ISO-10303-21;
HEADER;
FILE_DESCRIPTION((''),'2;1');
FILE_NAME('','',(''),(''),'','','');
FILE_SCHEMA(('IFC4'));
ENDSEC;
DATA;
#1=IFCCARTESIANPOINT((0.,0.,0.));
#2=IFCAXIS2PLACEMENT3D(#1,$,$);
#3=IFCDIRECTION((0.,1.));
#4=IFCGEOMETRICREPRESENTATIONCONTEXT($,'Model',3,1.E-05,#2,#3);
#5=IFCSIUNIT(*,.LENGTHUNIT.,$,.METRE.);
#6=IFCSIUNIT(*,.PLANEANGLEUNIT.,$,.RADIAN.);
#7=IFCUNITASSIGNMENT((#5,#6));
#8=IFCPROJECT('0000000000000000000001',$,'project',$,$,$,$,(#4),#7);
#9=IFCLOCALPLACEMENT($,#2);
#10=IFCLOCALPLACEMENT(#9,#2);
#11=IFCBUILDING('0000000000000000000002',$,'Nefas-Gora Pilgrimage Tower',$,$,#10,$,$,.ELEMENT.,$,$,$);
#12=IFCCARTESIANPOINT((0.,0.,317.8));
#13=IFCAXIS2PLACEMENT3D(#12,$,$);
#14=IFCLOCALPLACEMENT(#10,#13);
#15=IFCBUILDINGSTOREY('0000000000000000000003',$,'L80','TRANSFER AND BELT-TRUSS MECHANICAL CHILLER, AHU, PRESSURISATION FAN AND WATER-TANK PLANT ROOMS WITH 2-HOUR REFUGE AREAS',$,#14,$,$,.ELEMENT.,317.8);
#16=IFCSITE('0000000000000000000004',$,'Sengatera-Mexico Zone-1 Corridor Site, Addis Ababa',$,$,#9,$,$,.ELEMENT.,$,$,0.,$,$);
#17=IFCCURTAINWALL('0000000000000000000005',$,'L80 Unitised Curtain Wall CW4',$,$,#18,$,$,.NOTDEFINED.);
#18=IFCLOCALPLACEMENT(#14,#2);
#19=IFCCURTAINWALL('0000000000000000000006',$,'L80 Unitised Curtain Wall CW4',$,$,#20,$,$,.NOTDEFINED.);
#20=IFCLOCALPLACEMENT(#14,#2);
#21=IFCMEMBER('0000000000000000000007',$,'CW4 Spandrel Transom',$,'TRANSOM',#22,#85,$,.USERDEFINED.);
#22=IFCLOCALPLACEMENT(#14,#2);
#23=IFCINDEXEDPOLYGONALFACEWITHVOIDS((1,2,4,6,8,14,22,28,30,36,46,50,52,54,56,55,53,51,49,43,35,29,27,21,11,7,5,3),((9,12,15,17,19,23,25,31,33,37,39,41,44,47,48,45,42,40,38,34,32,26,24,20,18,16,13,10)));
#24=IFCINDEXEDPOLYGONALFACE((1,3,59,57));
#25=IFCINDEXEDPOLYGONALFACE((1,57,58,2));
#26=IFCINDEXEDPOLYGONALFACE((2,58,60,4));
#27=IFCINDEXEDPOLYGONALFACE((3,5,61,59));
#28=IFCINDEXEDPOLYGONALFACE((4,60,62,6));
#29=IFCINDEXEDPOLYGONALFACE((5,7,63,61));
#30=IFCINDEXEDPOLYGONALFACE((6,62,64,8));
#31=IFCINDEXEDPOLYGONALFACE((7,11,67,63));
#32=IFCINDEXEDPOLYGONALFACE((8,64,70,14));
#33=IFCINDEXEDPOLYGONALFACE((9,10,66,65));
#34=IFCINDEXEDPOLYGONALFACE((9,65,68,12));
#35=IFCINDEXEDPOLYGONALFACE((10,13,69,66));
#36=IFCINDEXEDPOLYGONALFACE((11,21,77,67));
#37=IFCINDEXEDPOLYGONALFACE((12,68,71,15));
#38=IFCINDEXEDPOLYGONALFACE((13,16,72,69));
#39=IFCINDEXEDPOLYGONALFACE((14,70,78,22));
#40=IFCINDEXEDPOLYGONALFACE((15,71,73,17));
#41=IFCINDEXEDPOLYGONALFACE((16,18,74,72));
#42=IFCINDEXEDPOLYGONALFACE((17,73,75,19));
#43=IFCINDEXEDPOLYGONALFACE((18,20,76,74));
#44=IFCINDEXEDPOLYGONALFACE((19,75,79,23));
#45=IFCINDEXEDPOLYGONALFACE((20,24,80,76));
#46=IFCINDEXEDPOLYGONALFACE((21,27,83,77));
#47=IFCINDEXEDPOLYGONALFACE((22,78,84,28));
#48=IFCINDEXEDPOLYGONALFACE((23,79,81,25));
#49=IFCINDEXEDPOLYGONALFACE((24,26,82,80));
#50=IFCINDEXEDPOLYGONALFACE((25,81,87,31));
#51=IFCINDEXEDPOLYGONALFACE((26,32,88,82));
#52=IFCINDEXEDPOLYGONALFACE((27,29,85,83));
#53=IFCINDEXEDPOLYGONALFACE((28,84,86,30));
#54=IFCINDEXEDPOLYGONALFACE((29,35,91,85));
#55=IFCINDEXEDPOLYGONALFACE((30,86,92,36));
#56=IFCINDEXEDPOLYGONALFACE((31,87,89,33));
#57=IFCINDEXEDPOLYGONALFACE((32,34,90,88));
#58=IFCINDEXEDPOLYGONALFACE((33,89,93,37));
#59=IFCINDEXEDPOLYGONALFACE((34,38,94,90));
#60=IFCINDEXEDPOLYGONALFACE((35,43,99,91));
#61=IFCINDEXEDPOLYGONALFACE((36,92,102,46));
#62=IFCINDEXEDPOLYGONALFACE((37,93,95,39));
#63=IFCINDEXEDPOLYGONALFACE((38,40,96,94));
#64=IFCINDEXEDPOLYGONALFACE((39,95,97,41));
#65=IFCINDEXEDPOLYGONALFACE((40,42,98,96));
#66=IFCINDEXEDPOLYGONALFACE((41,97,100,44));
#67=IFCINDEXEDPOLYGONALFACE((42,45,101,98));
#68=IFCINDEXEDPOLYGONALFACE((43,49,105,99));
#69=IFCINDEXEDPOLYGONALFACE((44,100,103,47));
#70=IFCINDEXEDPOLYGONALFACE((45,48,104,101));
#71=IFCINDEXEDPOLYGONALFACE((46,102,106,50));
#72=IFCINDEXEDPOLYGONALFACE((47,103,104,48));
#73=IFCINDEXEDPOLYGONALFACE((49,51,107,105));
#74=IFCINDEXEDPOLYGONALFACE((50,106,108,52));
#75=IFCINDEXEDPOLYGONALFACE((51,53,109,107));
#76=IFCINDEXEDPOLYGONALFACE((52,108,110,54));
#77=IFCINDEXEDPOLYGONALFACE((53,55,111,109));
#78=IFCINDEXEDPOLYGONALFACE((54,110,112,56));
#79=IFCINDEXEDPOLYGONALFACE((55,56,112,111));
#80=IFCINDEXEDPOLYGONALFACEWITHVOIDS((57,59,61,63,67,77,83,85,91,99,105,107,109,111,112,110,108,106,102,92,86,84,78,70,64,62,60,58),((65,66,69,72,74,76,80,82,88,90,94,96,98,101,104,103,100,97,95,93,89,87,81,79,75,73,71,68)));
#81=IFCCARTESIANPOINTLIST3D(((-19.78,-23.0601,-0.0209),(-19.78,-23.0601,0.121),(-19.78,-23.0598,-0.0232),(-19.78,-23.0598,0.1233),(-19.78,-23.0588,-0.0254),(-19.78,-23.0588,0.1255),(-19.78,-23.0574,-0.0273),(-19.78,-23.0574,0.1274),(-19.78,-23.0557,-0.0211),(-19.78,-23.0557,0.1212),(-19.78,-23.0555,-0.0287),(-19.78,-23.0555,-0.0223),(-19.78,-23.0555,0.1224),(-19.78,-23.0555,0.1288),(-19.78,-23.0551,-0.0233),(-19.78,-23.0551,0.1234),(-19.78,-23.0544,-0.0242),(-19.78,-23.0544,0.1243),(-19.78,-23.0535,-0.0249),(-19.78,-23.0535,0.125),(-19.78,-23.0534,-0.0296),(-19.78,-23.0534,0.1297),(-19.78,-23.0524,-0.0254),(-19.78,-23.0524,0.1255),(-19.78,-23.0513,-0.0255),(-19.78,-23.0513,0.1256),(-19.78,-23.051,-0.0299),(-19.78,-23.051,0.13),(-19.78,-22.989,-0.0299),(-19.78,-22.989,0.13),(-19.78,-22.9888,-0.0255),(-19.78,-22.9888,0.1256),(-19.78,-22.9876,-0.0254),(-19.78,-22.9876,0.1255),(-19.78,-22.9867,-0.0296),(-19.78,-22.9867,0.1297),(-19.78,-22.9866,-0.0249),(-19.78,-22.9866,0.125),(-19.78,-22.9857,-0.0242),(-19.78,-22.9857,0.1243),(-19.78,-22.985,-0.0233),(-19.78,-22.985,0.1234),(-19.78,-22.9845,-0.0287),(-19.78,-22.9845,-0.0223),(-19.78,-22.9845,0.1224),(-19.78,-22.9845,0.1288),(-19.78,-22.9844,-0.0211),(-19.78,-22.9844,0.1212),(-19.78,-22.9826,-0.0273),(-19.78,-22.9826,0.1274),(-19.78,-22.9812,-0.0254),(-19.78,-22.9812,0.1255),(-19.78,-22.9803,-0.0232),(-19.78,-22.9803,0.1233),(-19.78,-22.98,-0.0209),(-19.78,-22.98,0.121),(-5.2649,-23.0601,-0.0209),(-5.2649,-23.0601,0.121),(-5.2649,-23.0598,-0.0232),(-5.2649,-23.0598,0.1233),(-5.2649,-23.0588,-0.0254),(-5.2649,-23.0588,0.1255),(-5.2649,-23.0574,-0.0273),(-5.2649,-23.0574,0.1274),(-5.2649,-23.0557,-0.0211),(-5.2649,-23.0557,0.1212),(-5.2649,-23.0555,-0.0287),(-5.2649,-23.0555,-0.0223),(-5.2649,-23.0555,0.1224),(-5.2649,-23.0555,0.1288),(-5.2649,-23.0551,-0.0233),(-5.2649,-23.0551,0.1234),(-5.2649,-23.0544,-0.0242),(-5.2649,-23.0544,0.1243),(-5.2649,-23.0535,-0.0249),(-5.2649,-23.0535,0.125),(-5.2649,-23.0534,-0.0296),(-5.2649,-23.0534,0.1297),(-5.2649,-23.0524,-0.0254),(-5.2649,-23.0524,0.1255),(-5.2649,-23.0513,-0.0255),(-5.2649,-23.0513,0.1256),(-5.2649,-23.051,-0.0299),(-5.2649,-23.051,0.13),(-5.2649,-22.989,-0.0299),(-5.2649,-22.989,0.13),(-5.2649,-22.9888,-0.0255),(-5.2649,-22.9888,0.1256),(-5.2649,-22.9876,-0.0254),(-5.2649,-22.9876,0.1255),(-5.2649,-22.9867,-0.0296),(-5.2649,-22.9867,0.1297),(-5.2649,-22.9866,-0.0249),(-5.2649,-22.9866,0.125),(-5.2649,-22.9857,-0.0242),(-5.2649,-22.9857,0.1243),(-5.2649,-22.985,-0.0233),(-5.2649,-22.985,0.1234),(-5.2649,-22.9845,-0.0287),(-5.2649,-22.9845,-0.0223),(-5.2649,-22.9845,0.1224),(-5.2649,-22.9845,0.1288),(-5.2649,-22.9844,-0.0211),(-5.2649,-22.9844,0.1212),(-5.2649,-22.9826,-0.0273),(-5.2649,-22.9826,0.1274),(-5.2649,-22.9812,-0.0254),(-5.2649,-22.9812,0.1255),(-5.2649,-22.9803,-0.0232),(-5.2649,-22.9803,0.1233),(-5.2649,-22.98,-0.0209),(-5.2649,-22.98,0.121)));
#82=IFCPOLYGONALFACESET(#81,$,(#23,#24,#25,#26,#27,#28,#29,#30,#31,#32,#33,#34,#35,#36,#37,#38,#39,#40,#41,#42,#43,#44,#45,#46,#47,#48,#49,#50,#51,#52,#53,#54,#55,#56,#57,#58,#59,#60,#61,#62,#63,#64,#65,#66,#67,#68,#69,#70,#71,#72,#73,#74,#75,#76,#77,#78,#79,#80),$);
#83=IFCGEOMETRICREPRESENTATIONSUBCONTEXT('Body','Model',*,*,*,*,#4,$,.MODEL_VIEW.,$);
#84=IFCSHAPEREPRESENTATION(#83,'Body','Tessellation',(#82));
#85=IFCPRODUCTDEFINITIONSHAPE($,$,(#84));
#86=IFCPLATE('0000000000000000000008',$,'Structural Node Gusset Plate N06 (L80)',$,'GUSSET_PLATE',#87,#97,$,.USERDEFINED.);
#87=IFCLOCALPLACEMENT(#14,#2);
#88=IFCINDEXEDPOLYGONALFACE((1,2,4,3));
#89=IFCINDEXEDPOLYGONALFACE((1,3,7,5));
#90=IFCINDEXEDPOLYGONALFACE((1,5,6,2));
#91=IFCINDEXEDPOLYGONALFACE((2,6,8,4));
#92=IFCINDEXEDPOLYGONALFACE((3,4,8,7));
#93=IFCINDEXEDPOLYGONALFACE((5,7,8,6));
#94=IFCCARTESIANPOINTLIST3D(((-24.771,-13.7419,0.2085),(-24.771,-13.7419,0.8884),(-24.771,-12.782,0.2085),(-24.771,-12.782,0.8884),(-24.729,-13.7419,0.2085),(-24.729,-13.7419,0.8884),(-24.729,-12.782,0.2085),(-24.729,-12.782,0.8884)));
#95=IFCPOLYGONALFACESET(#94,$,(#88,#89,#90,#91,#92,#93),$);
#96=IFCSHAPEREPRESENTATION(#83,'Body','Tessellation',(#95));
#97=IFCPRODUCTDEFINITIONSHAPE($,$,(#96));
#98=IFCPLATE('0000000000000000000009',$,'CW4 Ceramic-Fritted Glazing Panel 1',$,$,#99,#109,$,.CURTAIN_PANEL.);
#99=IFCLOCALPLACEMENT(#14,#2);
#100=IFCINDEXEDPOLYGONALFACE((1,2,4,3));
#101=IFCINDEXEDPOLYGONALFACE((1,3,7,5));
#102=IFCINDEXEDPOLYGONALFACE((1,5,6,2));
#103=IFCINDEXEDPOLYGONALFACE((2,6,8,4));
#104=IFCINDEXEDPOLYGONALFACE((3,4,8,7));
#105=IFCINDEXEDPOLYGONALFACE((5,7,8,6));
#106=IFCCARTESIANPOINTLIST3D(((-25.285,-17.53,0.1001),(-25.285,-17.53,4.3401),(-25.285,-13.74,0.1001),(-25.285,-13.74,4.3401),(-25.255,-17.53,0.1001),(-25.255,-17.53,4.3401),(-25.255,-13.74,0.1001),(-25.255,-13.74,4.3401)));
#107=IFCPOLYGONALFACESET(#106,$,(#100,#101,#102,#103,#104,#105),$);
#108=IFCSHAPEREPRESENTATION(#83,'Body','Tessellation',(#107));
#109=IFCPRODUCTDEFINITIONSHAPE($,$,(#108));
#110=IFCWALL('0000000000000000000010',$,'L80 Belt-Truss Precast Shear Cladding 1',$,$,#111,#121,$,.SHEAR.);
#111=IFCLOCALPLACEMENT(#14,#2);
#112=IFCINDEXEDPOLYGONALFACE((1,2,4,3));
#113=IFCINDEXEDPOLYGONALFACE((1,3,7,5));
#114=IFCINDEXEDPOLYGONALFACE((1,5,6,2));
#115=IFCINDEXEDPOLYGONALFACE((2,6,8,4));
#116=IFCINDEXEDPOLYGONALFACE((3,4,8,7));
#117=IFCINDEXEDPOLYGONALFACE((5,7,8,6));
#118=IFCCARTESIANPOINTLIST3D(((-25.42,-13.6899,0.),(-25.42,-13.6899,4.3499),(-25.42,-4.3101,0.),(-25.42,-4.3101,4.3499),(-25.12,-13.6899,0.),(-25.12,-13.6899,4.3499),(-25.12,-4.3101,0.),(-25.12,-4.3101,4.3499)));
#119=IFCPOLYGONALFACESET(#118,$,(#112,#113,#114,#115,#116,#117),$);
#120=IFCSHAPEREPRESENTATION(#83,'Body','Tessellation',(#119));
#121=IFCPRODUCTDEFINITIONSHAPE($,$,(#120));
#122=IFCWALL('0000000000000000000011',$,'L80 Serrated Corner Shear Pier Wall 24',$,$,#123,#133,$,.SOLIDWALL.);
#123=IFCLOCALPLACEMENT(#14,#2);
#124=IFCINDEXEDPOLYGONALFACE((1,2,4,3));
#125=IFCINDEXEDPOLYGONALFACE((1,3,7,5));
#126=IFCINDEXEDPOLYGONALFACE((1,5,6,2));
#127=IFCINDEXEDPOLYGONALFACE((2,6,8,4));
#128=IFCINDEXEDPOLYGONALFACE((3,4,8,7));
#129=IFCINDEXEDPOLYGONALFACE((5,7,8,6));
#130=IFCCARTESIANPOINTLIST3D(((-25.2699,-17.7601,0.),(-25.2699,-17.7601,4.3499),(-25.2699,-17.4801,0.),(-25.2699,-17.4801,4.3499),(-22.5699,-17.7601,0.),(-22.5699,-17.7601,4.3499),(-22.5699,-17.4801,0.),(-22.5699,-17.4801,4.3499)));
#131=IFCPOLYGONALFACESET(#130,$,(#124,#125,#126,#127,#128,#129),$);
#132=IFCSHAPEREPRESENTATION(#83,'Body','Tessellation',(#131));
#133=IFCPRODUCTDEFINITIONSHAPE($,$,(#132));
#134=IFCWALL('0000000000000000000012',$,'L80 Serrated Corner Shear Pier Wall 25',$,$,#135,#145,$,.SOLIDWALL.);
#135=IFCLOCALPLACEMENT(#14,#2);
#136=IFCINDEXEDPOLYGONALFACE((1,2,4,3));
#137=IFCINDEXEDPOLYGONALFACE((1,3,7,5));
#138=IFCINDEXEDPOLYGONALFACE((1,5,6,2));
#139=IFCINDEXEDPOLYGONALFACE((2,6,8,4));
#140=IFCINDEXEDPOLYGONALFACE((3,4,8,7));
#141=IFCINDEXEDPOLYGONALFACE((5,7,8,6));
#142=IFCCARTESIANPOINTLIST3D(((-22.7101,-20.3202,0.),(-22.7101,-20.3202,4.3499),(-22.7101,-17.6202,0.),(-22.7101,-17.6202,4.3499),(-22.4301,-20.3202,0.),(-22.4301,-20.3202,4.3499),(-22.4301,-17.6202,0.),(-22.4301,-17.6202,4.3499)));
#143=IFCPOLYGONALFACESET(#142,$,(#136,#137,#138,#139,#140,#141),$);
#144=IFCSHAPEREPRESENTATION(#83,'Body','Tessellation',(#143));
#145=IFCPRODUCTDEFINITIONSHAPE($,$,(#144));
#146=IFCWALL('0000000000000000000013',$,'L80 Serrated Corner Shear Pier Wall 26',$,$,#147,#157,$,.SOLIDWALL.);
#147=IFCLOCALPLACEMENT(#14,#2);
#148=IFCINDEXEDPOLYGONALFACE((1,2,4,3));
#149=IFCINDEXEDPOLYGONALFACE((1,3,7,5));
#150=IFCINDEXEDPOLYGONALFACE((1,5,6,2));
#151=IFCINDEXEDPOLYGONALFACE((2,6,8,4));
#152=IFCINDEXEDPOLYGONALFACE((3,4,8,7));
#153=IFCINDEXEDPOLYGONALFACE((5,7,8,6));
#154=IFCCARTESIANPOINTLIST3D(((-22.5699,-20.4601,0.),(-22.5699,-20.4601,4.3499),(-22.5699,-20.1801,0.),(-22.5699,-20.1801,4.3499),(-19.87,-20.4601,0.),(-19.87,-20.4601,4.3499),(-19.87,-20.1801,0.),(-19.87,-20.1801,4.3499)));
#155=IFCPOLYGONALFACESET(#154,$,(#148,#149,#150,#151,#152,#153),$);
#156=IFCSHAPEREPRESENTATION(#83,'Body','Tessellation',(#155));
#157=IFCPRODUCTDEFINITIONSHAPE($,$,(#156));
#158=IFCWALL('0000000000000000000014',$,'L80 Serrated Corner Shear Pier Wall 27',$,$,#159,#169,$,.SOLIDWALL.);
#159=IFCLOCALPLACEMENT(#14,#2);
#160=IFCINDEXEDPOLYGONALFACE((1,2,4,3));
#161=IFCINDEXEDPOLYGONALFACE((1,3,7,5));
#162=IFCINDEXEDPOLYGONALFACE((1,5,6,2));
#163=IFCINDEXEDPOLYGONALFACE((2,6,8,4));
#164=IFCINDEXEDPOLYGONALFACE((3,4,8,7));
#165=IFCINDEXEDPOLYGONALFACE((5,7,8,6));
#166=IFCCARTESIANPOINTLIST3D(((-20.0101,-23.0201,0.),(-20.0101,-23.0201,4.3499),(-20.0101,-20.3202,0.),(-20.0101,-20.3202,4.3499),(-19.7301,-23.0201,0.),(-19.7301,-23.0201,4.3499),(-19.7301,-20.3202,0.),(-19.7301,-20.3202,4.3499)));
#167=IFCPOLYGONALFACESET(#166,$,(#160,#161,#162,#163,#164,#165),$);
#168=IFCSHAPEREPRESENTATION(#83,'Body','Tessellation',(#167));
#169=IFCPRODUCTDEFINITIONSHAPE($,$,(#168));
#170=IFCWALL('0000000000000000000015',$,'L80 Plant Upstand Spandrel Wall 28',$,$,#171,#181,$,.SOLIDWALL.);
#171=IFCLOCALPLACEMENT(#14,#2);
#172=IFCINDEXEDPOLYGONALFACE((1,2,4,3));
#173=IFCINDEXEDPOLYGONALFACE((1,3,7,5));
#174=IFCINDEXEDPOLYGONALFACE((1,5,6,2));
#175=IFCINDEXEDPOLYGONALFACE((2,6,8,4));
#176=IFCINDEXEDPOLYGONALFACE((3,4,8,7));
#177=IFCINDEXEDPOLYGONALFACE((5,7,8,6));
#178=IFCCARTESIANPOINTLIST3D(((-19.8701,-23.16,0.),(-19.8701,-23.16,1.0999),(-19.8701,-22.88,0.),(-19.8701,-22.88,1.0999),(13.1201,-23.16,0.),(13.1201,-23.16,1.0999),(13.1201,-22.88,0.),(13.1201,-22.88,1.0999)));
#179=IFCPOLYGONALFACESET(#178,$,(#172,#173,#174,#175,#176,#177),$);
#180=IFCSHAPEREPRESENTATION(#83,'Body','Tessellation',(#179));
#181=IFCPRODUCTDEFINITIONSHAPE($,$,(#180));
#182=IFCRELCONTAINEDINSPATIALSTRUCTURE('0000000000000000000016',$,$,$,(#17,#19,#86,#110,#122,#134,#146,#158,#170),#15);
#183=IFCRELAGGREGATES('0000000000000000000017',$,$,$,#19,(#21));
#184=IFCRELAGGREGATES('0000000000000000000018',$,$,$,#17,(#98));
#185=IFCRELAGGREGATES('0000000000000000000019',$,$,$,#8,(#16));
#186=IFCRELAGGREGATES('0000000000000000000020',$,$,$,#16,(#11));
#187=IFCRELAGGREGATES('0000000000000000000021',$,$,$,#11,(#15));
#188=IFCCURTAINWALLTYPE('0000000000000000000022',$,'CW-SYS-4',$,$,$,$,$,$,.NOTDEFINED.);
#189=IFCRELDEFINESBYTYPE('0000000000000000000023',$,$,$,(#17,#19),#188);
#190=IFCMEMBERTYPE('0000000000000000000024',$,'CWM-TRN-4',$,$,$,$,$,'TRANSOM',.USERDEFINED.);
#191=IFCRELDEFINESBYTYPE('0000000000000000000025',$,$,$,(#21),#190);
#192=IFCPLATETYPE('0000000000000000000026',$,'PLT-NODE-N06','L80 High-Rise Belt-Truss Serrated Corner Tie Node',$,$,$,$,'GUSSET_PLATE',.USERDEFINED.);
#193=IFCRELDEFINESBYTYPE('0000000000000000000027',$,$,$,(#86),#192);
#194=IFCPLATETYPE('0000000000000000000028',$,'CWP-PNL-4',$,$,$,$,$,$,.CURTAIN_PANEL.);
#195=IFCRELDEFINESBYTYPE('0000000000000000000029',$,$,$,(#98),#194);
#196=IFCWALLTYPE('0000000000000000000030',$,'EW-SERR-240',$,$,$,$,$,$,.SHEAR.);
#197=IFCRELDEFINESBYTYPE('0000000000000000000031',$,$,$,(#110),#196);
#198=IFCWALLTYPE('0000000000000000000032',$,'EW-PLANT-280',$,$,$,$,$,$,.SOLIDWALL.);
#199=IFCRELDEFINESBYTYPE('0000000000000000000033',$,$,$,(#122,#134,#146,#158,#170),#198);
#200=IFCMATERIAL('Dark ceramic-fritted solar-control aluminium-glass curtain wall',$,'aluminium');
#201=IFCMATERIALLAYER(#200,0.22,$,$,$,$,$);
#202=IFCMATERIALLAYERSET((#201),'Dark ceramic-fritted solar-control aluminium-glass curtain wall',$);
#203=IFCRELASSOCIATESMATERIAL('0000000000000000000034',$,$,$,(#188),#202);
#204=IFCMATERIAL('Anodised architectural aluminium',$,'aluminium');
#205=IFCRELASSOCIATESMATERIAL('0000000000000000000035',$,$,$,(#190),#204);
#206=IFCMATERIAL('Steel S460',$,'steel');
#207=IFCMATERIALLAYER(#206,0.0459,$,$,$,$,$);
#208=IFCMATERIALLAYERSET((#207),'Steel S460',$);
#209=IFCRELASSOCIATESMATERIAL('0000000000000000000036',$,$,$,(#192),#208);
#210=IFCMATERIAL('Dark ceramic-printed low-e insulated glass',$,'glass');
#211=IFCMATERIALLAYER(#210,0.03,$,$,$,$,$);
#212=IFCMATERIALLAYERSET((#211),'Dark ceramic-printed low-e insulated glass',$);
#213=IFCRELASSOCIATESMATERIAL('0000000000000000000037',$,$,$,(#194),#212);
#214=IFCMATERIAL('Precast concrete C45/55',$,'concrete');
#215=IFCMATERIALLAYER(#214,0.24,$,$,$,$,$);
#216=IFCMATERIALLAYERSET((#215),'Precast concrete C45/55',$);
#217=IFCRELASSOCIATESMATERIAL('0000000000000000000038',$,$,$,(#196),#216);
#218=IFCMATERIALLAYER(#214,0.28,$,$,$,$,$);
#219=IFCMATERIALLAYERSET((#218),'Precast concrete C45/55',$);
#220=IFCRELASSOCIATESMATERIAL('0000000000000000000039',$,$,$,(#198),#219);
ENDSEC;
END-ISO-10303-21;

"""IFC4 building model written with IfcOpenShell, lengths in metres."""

from ifc_helpers import new_model, si_unit, direction, frame, frame_2d, origin, origin_2d, place, context, subcontext, project, spatial, rectangle, hollow_rectangle, extrude, source, transform, mapped, material, layer, layer_set, material_profile, profile_set, type_object, element, aggregate, save


model = new_model("IFC4")

# Units and contexts
model_context = context("Model", 3, precision=1e-05, world=origin(), true_north=direction((0.0, 1.0)))
body_context = subcontext(model_context, "Body", "Model", "MODEL_VIEW")
ifc_project = project(units=[si_unit("LENGTHUNIT", "METRE"), si_unit("PLANEANGLEUNIT", "RADIAN")], contexts=[model_context])

# Site, building, storey
site_placement = place(None, origin())
site = spatial("IfcSite", under=ifc_project, at=site_placement, Name="Sengatera-Mexico Zone-1 Corridor Site, Addis Ababa", CompositionType="ELEMENT", RefElevation=0.0)
building_placement = place(site_placement, origin())
building = spatial("IfcBuilding", under=site, at=building_placement, Name="Nefas-Gora Pilgrimage Tower", CompositionType="ELEMENT")
storey_placement = place(building_placement, frame((0.0, 0.0, 317.8)))
storey = spatial("IfcBuildingStorey", under=building, at=storey_placement, Name="L80", Description="TRANSFER AND BELT-TRUSS MECHANICAL CHILLER, AHU, PRESSURISATION FAN AND WATER-TANK PLANT ROOMS WITH 2-HOUR REFUGE AREAS", CompositionType="ELEMENT", Elevation=317.8)

# Shared definitions
ifc_material_1 = material(Name="Steel S460", Category="steel")

# Curtain wall
ifc_material_2 = material(Name="Dark ceramic-fritted solar-control aluminium-glass curtain wall", Category="aluminium")
ifc_layer_1 = layer(ifc_material_2, 0.22)
ifc_layer_set_1 = layer_set([ifc_layer_1], Name="Dark ceramic-fritted solar-control aluminium-glass curtain wall")
curtain_wall_type = type_object("IfcCurtainWallType", Name="CW-SYS-4", PredefinedType="NOTDEFINED", material=ifc_layer_set_1)
curtain_wall_1_placement = place(storey_placement, origin())
curtain_wall_1 = element("IfcCurtainWall", 1, at=curtain_wall_1_placement, inside=storey, type_object=curtain_wall_type, Name="L80 Unitised Curtain Wall CW4", PredefinedType="NOTDEFINED")
ifc_material_3 = material(Name="Anodised architectural aluminium", Category="aluminium")

# Curtain wall
curtain_wall_2_placement = place(storey_placement, origin())
curtain_wall_2 = element("IfcCurtainWall", 2, at=curtain_wall_2_placement, inside=storey, type_object=curtain_wall_type, Name="L80 Unitised Curtain Wall CW4", PredefinedType="NOTDEFINED")

# Member
ifc_material_profile_1 = material_profile(ifc_material_3, hollow_rectangle(XDim=0.0801, YDim=0.1599, WallThickness=0.0044, InnerFilletRadius=0.0044, OuterFilletRadius=0.009, at=origin_2d()), Name="ALU TRANSOM 80x160")
ifc_profile_set_1 = profile_set([ifc_material_profile_1], Name="Anodised architectural aluminium")
member_type_1 = type_object("IfcMemberType", Name="CWM-TRN-4", ElementType="TRANSOM", PredefinedType="USERDEFINED", material=ifc_profile_set_1)
shared_shape_1 = source(origin(), body_context, "Body", "SweptSolid", [
    extrude(hollow_rectangle(XDim=0.0801, YDim=0.1599, WallThickness=0.0044, InnerFilletRadius=0.0044, OuterFilletRadius=0.009, at=origin_2d()), origin(), (0.0, 0.0, 1.0), 14.5151),
])
member_1_placement = place(storey_placement, frame((-19.78, -23.02, 0.05), z_axis=(1.0, 0.0, 0.0), x_axis=(0.0, 1.0, 0.0)))
member_1 = element("IfcMember", 3, at=member_1_placement, type_object=member_type_1, Name="CW4 Spandrel Transom", ObjectType="TRANSOM", PredefinedType="USERDEFINED", context=body_context, shape_type="MappedRepresentation", body=[
    mapped(shared_shape_1, transform((0.0, 0.0, 0.0), x_axis=(1.0, 0.0, 0.0), y_axis=(0.0, 1.0, 0.0), z_axis=(0.0, 0.0, 1.0), scale=1.0)),
])
aggregate(curtain_wall_2, [member_1])

# Plates
ifc_layer_2 = layer(ifc_material_1, 0.0459)
ifc_layer_set_2 = layer_set([ifc_layer_2], Name="Steel S460")
plate_type_1 = type_object("IfcPlateType", Name="PLT-NODE-N06", Description="L80 High-Rise Belt-Truss Serrated Corner Tie Node", ElementType="GUSSET_PLATE", PredefinedType="USERDEFINED", material=ifc_layer_set_2)
shared_shape_2 = source(origin(), body_context, "Body", "SweptSolid", [
    extrude(rectangle(XDim=0.96, YDim=0.042, at=origin_2d()), origin(), (0.0, 0.0, 1.0), 0.6799),
])
plate_1_placement = place(storey_placement, frame((-24.75, -13.262, 0.2085), z_axis=(0.0, 0.0, 1.0), x_axis=(0.0, 1.0, 0.0)))
element("IfcPlate", 4, at=plate_1_placement, inside=storey, type_object=plate_type_1, Name="Structural Node Gusset Plate N06 (L80)", ObjectType="GUSSET_PLATE", PredefinedType="USERDEFINED", context=body_context, shape_type="MappedRepresentation", body=[
    mapped(shared_shape_2, transform((0.0, 0.0, 0.0), x_axis=(1.0, 0.0, 0.0), y_axis=(0.0, 1.0, 0.0), z_axis=(0.0, 0.0, 1.0), scale=1.0)),
])
ifc_material_4 = material(Name="Dark ceramic-printed low-e insulated glass", Category="glass")
ifc_layer_3 = layer(ifc_material_4, 0.03)
ifc_layer_set_3 = layer_set([ifc_layer_3], Name="Dark ceramic-printed low-e insulated glass")
plate_type_2 = type_object("IfcPlateType", Name="CWP-PNL-4", PredefinedType="CURTAIN_PANEL", material=ifc_layer_set_3)
shared_shape_3 = source(origin(), body_context, "Body", "SweptSolid", [
    extrude(rectangle(XDim=3.79, YDim=0.03, at=origin_2d()), origin(), (0.0, 0.0, 1.0), 4.24),
])
plate_2_placement = place(storey_placement, frame((-25.27, -15.635, 0.1001), z_axis=(0.0, 0.0, 1.0), x_axis=(0.0, -1.0, 0.0)))
plate_2 = element("IfcPlate", 5, at=plate_2_placement, type_object=plate_type_2, Name="CW4 Ceramic-Fritted Glazing Panel 1", PredefinedType="CURTAIN_PANEL", context=body_context, shape_type="MappedRepresentation", body=[
    mapped(shared_shape_3, transform((0.0, 0.0, 0.0), x_axis=(1.0, 0.0, 0.0), y_axis=(0.0, 1.0, 0.0), z_axis=(0.0, 0.0, 1.0), scale=1.0)),
])
aggregate(curtain_wall_1, [plate_2])

# Walls
ifc_material_5 = material(Name="Precast concrete C45/55", Category="concrete")
ifc_layer_4 = layer(ifc_material_5, 0.24)
ifc_layer_set_4 = layer_set([ifc_layer_4], Name="Precast concrete C45/55")
wall_type_1 = type_object("IfcWallType", Name="EW-SERR-240", PredefinedType="SHEAR", material=ifc_layer_set_4)
shared_shape_4 = source(origin(), body_context, "Body", "SweptSolid", [
    extrude(rectangle(XDim=9.3799, YDim=0.3, at=frame_2d((4.6899, 0.0))), origin(), (0.0, 0.0, 1.0), 4.3499),
])
wall_1_placement = place(storey_placement, frame((-25.27, -13.6899, 0.0), z_axis=(0.0, 0.0, 1.0), x_axis=(0.0, 1.0, 0.0)))
element("IfcWall", 6, at=wall_1_placement, inside=storey, type_object=wall_type_1, Name="L80 Belt-Truss Precast Shear Cladding 1", PredefinedType="SHEAR", context=body_context, shape_type="MappedRepresentation", body=[
    mapped(shared_shape_4, transform((0.0, 0.0, 0.0), x_axis=(1.0, 0.0, 0.0), y_axis=(0.0, 1.0, 0.0), z_axis=(0.0, 0.0, 1.0), scale=1.0)),
])
ifc_layer_5 = layer(ifc_material_5, 0.28)
ifc_layer_set_5 = layer_set([ifc_layer_5], Name="Precast concrete C45/55")
wall_type_2 = type_object("IfcWallType", Name="EW-PLANT-280", PredefinedType="SOLIDWALL", material=ifc_layer_set_5)
shared_shape_5 = source(origin(), body_context, "Body", "SweptSolid", [
    extrude(rectangle(XDim=2.7, YDim=0.28, at=frame_2d((1.3501, 0.0))), origin(), (0.0, 0.0, 1.0), 4.3499),
])
for number, where, z_axis, x_axis, name in (
    (7, (-25.27, -17.6201, 0.0), (0.0, 0.0, 1.0), (1.0, 0.0, 0.0), "L80 Serrated Corner Shear Pier Wall 24"),
    (8, (-22.5701, -17.6201, 0.0), (0.0, 0.0, 1.0), (0.0, -1.0, 0.0), "L80 Serrated Corner Shear Pier Wall 25"),
    (9, (-22.5701, -20.3201, 0.0), (0.0, 0.0, 1.0), (1.0, 0.0, 0.0), "L80 Serrated Corner Shear Pier Wall 26"),
    (10, (-19.8701, -20.3201, 0.0), (0.0, 0.0, 1.0), (0.0, -1.0, 0.0), "L80 Serrated Corner Shear Pier Wall 27"),
):
    element("IfcWall", number, at=place(storey_placement, frame(where, z_axis=z_axis, x_axis=x_axis)), inside=storey, type_object=wall_type_2, Name=name, PredefinedType="SOLIDWALL", context=body_context, shape_type="MappedRepresentation", body=[
        mapped(shared_shape_5, transform((0.0, 0.0, 0.0), x_axis=(1.0, 0.0, 0.0), y_axis=(0.0, 1.0, 0.0), z_axis=(0.0, 0.0, 1.0), scale=1.0)),
    ])
shared_shape_6 = source(origin(), body_context, "Body", "SweptSolid", [
    extrude(rectangle(XDim=32.9902, YDim=0.28, at=frame_2d((16.4951, 0.0))), origin(), (0.0, 0.0, 1.0), 1.0999),
])
wall_2_placement = place(storey_placement, frame((-19.8701, -23.02, 0.0), z_axis=(0.0, 0.0, 1.0), x_axis=(1.0, 0.0, 0.0)))
element("IfcWall", 11, at=wall_2_placement, inside=storey, type_object=wall_type_2, Name="L80 Plant Upstand Spandrel Wall 28", PredefinedType="SOLIDWALL", context=body_context, shape_type="MappedRepresentation", body=[
    mapped(shared_shape_6, transform((0.0, 0.0, 0.0), x_axis=(1.0, 0.0, 0.0), y_axis=(0.0, 1.0, 0.0), z_axis=(0.0, 0.0, 1.0), scale=1.0)),
])

save(model, "model.ifc")
